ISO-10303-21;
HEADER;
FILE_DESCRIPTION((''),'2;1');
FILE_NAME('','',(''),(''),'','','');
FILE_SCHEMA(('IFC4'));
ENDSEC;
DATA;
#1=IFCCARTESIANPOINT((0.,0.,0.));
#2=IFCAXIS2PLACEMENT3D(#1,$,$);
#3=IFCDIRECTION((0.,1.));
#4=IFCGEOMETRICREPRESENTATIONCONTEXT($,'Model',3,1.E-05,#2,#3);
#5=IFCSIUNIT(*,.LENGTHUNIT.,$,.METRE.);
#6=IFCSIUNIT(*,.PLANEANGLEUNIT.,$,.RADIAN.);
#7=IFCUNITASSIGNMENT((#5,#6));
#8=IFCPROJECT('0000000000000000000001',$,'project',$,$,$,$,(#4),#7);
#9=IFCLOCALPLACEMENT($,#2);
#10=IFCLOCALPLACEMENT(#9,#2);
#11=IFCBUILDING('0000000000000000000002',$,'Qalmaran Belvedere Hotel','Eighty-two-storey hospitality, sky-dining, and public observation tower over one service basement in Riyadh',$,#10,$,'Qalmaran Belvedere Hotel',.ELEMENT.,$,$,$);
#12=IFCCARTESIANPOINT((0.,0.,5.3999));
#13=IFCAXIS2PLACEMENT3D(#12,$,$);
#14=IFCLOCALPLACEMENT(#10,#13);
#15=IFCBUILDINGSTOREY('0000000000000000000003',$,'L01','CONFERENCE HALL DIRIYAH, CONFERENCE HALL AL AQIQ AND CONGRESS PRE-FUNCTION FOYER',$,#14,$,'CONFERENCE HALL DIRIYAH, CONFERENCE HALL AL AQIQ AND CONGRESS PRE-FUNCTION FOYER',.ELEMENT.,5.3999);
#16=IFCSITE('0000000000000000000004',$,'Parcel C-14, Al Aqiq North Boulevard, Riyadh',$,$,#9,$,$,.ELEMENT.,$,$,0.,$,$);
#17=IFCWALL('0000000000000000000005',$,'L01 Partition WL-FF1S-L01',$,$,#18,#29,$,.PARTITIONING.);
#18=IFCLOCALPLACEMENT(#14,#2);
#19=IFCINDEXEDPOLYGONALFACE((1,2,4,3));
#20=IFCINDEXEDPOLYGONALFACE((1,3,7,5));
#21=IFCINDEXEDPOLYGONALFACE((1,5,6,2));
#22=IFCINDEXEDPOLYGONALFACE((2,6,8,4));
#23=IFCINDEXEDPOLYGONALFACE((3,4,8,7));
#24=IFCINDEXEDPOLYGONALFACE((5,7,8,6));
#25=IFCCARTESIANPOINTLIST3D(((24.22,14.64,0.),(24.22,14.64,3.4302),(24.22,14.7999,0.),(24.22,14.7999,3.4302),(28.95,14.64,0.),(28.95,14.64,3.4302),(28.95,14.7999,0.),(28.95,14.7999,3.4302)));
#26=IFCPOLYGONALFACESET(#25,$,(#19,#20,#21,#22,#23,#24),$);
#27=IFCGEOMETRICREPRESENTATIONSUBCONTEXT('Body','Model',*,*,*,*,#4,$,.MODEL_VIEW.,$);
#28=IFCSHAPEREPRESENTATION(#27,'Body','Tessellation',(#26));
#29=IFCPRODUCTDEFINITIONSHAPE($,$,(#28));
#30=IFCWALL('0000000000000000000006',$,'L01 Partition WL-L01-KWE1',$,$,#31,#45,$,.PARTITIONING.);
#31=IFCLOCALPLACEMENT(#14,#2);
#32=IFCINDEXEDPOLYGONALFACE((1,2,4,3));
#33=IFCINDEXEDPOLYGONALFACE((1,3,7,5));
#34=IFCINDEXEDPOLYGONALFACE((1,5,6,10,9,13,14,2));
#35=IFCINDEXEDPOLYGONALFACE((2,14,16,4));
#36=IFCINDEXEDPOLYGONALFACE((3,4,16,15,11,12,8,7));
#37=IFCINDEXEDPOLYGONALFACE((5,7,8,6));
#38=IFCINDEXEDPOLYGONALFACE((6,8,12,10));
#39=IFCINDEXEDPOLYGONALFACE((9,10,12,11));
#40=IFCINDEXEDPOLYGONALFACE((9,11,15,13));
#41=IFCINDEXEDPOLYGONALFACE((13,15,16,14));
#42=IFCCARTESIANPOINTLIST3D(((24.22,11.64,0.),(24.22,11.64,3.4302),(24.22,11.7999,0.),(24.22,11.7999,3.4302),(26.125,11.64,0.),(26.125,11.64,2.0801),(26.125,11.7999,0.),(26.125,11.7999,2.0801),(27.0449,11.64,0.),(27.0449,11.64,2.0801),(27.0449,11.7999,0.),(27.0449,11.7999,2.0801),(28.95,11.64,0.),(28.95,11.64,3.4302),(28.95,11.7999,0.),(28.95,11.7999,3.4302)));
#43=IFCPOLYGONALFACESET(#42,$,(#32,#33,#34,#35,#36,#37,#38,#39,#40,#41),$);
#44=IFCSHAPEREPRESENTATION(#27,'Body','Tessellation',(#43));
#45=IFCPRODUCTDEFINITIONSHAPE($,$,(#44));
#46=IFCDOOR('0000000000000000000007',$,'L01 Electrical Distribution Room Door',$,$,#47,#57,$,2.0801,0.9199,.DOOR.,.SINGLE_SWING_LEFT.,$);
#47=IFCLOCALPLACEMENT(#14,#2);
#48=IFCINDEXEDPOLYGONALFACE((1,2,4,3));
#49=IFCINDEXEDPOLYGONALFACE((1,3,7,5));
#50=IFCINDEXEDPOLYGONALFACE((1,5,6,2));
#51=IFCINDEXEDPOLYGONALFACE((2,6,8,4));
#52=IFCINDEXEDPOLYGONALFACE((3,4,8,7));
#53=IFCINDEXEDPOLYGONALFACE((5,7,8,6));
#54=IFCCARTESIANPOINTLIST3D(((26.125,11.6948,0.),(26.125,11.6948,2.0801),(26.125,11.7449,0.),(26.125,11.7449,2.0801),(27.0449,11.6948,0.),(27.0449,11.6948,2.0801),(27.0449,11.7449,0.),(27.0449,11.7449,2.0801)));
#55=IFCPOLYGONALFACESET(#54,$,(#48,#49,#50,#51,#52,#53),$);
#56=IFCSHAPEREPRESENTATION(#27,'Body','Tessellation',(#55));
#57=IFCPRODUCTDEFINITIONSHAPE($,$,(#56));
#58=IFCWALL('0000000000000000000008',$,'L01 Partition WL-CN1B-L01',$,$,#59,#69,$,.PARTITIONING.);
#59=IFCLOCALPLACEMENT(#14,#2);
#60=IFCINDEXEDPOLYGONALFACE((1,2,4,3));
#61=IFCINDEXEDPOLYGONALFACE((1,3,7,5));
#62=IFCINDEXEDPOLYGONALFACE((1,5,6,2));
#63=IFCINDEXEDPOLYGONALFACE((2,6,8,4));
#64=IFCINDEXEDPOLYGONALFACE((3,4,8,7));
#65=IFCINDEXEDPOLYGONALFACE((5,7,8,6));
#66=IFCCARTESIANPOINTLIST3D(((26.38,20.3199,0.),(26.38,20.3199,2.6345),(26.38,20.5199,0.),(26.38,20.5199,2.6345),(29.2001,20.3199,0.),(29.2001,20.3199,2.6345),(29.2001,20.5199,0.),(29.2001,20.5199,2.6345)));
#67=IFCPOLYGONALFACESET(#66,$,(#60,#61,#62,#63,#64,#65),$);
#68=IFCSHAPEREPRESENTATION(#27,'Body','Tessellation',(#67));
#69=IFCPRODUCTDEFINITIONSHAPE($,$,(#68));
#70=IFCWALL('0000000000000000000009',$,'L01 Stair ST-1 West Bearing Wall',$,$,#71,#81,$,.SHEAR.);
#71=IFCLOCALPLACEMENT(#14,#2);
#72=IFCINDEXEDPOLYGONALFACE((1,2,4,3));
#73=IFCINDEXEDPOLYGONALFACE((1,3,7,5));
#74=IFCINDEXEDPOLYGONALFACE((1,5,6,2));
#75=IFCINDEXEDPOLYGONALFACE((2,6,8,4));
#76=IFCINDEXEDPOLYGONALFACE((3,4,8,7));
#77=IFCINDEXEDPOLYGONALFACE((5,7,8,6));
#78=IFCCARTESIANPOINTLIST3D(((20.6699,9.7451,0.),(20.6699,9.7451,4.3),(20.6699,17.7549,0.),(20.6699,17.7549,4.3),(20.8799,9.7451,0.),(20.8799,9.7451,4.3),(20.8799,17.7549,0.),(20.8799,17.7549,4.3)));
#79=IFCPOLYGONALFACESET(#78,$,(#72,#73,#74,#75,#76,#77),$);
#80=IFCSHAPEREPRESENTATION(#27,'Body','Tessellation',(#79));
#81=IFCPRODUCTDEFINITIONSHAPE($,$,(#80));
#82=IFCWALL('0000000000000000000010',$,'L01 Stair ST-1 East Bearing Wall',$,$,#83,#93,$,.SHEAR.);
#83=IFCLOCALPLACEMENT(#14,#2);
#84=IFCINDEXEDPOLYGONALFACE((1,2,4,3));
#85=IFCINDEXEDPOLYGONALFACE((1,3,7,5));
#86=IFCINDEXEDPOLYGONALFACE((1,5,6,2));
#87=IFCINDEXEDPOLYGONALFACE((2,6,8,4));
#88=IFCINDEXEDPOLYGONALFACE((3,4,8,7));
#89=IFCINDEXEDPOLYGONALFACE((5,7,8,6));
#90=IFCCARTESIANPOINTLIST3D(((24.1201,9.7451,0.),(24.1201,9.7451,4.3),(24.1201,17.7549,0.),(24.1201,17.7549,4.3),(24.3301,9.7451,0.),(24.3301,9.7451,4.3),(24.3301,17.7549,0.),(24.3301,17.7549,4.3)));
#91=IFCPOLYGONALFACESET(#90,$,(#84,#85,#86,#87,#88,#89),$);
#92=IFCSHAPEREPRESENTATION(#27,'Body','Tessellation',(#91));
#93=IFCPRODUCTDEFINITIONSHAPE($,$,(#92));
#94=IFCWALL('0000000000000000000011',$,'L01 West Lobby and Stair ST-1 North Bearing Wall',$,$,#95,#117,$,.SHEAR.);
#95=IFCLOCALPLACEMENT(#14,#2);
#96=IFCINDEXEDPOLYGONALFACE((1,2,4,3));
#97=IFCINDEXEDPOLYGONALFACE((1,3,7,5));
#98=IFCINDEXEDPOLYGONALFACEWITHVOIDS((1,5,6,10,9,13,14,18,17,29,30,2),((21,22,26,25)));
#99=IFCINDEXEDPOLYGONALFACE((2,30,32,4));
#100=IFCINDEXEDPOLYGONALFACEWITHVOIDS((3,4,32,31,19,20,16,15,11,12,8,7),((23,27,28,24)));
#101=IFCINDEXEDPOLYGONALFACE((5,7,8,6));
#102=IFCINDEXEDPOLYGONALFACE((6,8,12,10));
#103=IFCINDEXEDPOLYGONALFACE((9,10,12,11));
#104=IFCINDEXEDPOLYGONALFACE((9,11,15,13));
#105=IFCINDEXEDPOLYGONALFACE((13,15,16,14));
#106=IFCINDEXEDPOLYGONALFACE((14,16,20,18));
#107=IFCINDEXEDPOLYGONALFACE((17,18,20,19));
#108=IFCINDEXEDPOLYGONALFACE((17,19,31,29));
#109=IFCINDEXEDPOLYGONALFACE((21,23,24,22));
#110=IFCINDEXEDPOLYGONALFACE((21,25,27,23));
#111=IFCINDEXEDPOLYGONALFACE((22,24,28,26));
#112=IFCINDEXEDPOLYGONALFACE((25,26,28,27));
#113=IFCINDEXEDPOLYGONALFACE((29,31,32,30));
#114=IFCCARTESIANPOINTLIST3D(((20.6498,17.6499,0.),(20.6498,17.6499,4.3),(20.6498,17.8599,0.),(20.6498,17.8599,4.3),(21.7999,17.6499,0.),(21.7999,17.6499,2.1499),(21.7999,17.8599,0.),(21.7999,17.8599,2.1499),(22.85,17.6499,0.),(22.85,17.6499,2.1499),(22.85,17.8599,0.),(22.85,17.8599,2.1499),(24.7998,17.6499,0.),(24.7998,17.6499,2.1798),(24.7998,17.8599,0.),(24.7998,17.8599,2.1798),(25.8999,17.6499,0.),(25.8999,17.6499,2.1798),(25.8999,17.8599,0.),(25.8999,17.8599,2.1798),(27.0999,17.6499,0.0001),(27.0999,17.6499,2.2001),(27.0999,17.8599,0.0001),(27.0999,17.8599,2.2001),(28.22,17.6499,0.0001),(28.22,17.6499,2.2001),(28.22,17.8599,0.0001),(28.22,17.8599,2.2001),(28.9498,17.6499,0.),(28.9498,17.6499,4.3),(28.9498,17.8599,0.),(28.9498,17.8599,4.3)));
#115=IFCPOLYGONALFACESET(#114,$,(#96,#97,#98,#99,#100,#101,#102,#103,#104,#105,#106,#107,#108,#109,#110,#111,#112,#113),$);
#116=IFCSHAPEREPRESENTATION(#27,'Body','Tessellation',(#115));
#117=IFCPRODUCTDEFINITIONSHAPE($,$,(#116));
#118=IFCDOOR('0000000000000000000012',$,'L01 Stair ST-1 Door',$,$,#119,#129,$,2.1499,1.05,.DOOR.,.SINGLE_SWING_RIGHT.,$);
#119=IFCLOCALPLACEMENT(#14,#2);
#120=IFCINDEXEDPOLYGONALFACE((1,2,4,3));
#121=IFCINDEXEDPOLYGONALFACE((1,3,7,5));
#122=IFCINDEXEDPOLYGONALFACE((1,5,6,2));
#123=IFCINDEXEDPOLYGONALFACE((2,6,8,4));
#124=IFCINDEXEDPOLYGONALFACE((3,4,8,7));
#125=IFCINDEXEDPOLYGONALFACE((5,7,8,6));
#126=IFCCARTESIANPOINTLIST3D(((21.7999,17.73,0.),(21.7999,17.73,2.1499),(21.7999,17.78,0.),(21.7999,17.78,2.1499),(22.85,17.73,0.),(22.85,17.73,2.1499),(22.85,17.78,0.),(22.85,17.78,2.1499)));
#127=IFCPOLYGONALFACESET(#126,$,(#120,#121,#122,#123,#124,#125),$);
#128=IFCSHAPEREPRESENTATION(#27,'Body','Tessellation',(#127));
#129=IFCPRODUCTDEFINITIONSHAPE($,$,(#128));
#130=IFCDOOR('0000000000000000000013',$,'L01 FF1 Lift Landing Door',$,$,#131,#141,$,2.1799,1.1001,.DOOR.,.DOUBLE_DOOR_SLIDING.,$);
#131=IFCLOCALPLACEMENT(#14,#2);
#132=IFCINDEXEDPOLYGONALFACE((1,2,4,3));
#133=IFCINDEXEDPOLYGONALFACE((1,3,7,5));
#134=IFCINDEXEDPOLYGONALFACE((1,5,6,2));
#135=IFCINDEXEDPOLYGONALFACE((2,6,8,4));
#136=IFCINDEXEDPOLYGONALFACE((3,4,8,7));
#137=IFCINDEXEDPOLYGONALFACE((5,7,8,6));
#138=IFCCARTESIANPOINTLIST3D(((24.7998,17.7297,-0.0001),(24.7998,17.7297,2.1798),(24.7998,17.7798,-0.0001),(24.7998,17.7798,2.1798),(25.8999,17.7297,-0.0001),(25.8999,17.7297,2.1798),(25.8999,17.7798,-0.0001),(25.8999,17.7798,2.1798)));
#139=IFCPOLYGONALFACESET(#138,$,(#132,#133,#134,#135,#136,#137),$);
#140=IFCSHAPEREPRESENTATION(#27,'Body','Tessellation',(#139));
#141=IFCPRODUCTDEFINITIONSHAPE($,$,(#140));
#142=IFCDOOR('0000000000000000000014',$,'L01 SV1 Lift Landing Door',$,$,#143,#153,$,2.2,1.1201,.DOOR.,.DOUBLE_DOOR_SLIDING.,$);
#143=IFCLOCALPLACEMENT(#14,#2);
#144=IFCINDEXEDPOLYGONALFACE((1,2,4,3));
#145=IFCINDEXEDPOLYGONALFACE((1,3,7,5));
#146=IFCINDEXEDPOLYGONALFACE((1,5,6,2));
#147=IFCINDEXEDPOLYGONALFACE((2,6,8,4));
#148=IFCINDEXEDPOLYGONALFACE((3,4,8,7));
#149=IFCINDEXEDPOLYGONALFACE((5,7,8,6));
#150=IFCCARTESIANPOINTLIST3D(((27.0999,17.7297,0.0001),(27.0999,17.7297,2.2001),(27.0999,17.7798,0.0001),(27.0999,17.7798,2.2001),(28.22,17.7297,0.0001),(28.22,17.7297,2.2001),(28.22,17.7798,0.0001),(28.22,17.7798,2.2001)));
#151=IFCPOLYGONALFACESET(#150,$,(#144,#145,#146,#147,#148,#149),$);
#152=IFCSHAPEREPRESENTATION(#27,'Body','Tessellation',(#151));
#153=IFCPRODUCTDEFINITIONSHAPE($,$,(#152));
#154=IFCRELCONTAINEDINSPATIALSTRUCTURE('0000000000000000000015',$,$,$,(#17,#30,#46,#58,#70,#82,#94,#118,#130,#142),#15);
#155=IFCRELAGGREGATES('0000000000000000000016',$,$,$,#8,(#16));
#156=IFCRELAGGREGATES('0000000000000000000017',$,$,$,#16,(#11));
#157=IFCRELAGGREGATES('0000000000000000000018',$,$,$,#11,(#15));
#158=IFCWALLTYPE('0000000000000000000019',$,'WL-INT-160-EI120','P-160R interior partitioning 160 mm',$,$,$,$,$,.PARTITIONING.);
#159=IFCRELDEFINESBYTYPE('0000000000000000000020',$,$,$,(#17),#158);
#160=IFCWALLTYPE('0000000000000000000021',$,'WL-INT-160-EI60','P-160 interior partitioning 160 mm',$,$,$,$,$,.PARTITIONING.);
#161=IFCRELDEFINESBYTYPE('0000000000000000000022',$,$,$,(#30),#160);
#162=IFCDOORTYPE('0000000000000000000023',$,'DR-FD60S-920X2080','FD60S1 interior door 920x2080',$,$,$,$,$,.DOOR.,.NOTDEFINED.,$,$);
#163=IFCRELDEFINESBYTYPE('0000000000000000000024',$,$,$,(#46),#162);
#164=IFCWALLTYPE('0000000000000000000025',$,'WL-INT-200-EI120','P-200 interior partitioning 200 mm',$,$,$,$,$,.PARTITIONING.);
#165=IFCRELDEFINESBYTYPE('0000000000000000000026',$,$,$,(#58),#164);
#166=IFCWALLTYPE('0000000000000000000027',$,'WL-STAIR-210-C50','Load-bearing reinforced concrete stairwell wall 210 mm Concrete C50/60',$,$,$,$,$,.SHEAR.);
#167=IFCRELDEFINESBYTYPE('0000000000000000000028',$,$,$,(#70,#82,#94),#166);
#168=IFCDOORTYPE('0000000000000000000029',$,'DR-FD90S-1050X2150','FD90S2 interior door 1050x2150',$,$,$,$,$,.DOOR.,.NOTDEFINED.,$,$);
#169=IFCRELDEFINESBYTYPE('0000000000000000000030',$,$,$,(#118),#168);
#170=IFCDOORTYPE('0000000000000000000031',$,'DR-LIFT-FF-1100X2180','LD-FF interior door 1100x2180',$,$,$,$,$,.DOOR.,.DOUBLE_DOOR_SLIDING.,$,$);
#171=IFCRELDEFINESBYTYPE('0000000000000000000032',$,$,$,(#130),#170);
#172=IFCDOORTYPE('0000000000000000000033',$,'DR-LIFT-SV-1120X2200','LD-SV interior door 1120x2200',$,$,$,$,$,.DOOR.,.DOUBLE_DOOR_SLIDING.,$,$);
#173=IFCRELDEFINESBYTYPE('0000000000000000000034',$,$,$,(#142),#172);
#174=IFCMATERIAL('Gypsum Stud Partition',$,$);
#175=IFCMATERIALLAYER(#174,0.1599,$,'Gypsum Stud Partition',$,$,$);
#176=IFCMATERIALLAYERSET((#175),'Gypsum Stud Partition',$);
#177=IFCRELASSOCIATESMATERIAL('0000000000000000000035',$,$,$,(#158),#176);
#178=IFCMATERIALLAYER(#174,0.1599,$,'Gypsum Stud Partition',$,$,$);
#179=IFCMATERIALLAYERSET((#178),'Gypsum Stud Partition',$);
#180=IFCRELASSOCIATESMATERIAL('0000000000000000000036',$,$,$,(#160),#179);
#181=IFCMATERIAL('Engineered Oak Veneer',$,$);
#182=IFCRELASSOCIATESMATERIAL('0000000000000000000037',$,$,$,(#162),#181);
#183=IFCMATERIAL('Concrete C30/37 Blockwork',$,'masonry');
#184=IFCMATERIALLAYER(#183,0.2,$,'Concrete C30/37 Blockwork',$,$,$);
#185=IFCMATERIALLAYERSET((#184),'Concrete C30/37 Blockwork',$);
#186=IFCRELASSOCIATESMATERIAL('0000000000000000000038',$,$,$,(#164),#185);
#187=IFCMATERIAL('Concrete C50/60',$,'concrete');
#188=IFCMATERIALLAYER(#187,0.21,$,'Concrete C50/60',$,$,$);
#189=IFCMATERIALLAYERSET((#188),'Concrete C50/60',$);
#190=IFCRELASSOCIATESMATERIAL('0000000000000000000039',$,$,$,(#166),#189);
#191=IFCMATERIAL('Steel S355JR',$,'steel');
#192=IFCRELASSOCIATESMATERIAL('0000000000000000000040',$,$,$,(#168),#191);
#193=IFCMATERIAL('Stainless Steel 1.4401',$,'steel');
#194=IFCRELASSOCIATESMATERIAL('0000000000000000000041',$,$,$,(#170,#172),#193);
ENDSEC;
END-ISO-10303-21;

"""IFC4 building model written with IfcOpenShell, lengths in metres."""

from ifc_helpers import new_model, si_unit, direction, frame, frame_2d, origin, place, context, subcontext, project, spatial, rectangle, extrude, material, layer, layer_set, type_object, element, fill, save


model = new_model("IFC4")

# Units and contexts
model_context = context("Model", 3, precision=1e-05, world=origin(), true_north=direction((0.0, 1.0)))
body_context = subcontext(model_context, "Body", "Model", "MODEL_VIEW")
ifc_project = project(units=[si_unit("LENGTHUNIT", "METRE"), si_unit("PLANEANGLEUNIT", "RADIAN")], contexts=[model_context])

# Site, building, storey
site_placement = place(None, origin())
site = spatial("IfcSite", under=ifc_project, at=site_placement, Name="Parcel C-14, Al Aqiq North Boulevard, Riyadh", CompositionType="ELEMENT", RefElevation=0.0)
building_placement = place(site_placement, origin())
building = spatial("IfcBuilding", under=site, at=building_placement, Name="Qalmaran Belvedere Hotel", Description="Eighty-two-storey hospitality, sky-dining, and public observation tower over one service basement in Riyadh", LongName="Qalmaran Belvedere Hotel", CompositionType="ELEMENT")
storey_placement = place(building_placement, frame((0.0, 0.0, 5.3999)))
storey = spatial("IfcBuildingStorey", under=building, at=storey_placement, Name="L01", Description="CONFERENCE HALL DIRIYAH, CONFERENCE HALL AL AQIQ AND CONGRESS PRE-FUNCTION FOYER", LongName="CONFERENCE HALL DIRIYAH, CONFERENCE HALL AL AQIQ AND CONGRESS PRE-FUNCTION FOYER", CompositionType="ELEMENT", Elevation=5.3999)

# Shared definitions
ifc_material_1 = material(Name="Steel S355JR", Category="steel")

# Shared definitions
ifc_material_2 = material(Name="Gypsum Stud Partition")

# Shared definitions
ifc_layer_1 = layer(ifc_material_2, 0.1599, Name="Gypsum Stud Partition")
ifc_layer_set_1 = layer_set([ifc_layer_1], Name="Gypsum Stud Partition")
wall_type_1 = type_object("IfcWallType", Name="WL-INT-160-EI120", Description="P-160R interior partitioning 160 mm", PredefinedType="PARTITIONING", material=ifc_layer_set_1)

# Wall
wall_1_placement = place(storey_placement, frame((24.22, 14.72, 0.0), z_axis=(0.0, 0.0, 1.0), x_axis=(1.0, 0.0, 0.0)))
element("IfcWall", 1, at=wall_1_placement, inside=storey, type_object=wall_type_1, Name="L01 Partition WL-FF1S-L01", PredefinedType="PARTITIONING", context=body_context, shape_type="SweptSolid", body=[
    extrude(rectangle(XDim=4.73, YDim=0.1599, at=frame_2d((2.365, 0.0))), origin(), (0.0, 0.0, 1.0), 3.4302),
])

# Wall, opening, door
ifc_layer_2 = layer(ifc_material_2, 0.1599, Name="Gypsum Stud Partition")
ifc_layer_set_2 = layer_set([ifc_layer_2], Name="Gypsum Stud Partition")
wall_type_2 = type_object("IfcWallType", Name="WL-INT-160-EI60", Description="P-160 interior partitioning 160 mm", PredefinedType="PARTITIONING", material=ifc_layer_set_2)
wall_2_placement = place(storey_placement, frame((24.22, 11.72, 0.0), z_axis=(0.0, 0.0, 1.0), x_axis=(1.0, 0.0, 0.0)))
wall_2 = element("IfcWall", 2, at=wall_2_placement, inside=storey, type_object=wall_type_2, Name="L01 Partition WL-L01-KWE1", PredefinedType="PARTITIONING", context=body_context, shape_type="SweptSolid", body=[
    extrude(rectangle(XDim=4.73, YDim=0.1599, at=frame_2d((2.365, 0.0))), origin(), (0.0, 0.0, 1.0), 3.4302),
])
opening_1_placement = place(wall_2_placement, frame((1.905, 0.0, 0.0)))
opening_1 = element("IfcOpeningElement", 3, at=opening_1_placement, cuts=wall_2, PredefinedType="OPENING", context=body_context, shape_type="SweptSolid", body=[
    extrude(rectangle(XDim=0.9199, YDim=2.0801, at=frame_2d((0.46, 1.04))), frame((0.0, 0.0898, 0.0), z_axis=(0.0, -1.0, 0.0), x_axis=(1.0, 0.0, 0.0)), (0.0, 0.0, 1.0), 0.1799),
])
ifc_material_3 = material(Name="Engineered Oak Veneer")
door_type_1 = type_object("IfcDoorType", Name="DR-FD60S-920X2080", Description="FD60S1 interior door 920x2080", OperationType="NOTDEFINED", PredefinedType="DOOR", material=ifc_material_3)
door_1_placement = place(opening_1_placement, origin())
door_1 = element("IfcDoor", 4, at=door_1_placement, inside=storey, type_object=door_type_1, Name="L01 Electrical Distribution Room Door", OperationType="SINGLE_SWING_LEFT", OverallHeight=2.0801, OverallWidth=0.9199, PredefinedType="DOOR", context=body_context, shape_type="SweptSolid", body=[
    extrude(rectangle(XDim=0.9199, YDim=2.0801, at=frame_2d((0.46, 1.04))), frame((0.0, 0.0249, 0.0), z_axis=(0.0, -1.0, 0.0), x_axis=(1.0, 0.0, 0.0)), (0.0, 0.0, 1.0), 0.05),
])
fill(opening_1, door_1)
ifc_material_4 = material(Name="Concrete C30/37 Blockwork", Category="masonry")
ifc_layer_3 = layer(ifc_material_4, 0.2, Name="Concrete C30/37 Blockwork")
ifc_layer_set_3 = layer_set([ifc_layer_3], Name="Concrete C30/37 Blockwork")
wall_type_3 = type_object("IfcWallType", Name="WL-INT-200-EI120", Description="P-200 interior partitioning 200 mm", PredefinedType="PARTITIONING", material=ifc_layer_set_3)

# Wall
wall_3_placement = place(storey_placement, frame((26.3799, 20.4199, 0.0), z_axis=(0.0, 0.0, 1.0), x_axis=(1.0, 0.0, 0.0)))
element("IfcWall", 5, at=wall_3_placement, inside=storey, type_object=wall_type_3, Name="L01 Partition WL-CN1B-L01", PredefinedType="PARTITIONING", context=body_context, shape_type="SweptSolid", body=[
    extrude(rectangle(XDim=2.8201, YDim=0.2, at=frame_2d((1.4102, 0.0))), origin(), (0.0, 0.0, 1.0), 2.6345),
])

# Walls
ifc_material_5 = material(Name="Concrete C50/60", Category="concrete")
ifc_layer_4 = layer(ifc_material_5, 0.21, Name="Concrete C50/60")
ifc_layer_set_4 = layer_set([ifc_layer_4], Name="Concrete C50/60")
wall_type_4 = type_object("IfcWallType", Name="WL-STAIR-210-C50", Description="Load-bearing reinforced concrete stairwell wall 210 mm Concrete C50/60", PredefinedType="SHEAR", material=ifc_layer_set_4)
for number, where, z_axis, x_axis, name in (
    (6, (20.7749, 9.7451, 0.0), (0.0, 0.0, 1.0), (0.0, 1.0, 0.0), "L01 Stair ST-1 West Bearing Wall"),
    (7, (24.2251, 9.7451, 0.0), (0.0, 0.0, 1.0), (0.0, 1.0, 0.0), "L01 Stair ST-1 East Bearing Wall"),
):
    element("IfcWall", number, at=place(storey_placement, frame(where, z_axis=z_axis, x_axis=x_axis)), inside=storey, type_object=wall_type_4, Name=name, PredefinedType="SHEAR", context=body_context, shape_type="SweptSolid", body=[
        extrude(rectangle(XDim=8.0098, YDim=0.21, at=frame_2d((4.0049, 0.0))), origin(), (0.0, 0.0, 1.0), 4.3),
    ])

# Wall, openings, doors
wall_4_placement = place(storey_placement, frame((20.6499, 17.7549, 0.0), z_axis=(0.0, 0.0, 1.0), x_axis=(1.0, 0.0, 0.0)))
wall_4 = element("IfcWall", 8, at=wall_4_placement, inside=storey, type_object=wall_type_4, Name="L01 West Lobby and Stair ST-1 North Bearing Wall", PredefinedType="SHEAR", context=body_context, shape_type="SweptSolid", body=[
    extrude(rectangle(XDim=8.3, YDim=0.21, at=frame_2d((4.1499, 0.0))), origin(), (0.0, 0.0, 1.0), 4.3),
])
opening_2_placement = place(wall_4_placement, frame((2.2, 0.0, 0.0), z_axis=(0.0, 0.0, 1.0), x_axis=(-1.0, 0.0, 0.0)))
opening_2 = element("IfcOpeningElement", 9, at=opening_2_placement, cuts=wall_4, PredefinedType="OPENING", context=body_context, shape_type="SweptSolid", body=[
    extrude(rectangle(XDim=1.05, YDim=2.1499, at=frame_2d((0.5249, 1.075))), frame((0.0, 0.115, 0.0), z_axis=(0.0, -1.0, 0.0), x_axis=(1.0, 0.0, 0.0)), (0.0, 0.0, 1.0), 0.23),
])
opening_3_placement = place(wall_4_placement, frame((4.1499, 0.0, 0.0)))
opening_3 = element("IfcOpeningElement", 10, at=opening_3_placement, cuts=wall_4, PredefinedType="OPENING", context=body_context, shape_type="SweptSolid", body=[
    extrude(rectangle(XDim=1.1001, YDim=2.1799, at=frame_2d((0.55, 1.0898))), frame((0.0, 0.115, 0.0), z_axis=(0.0, -1.0, 0.0), x_axis=(1.0, 0.0, 0.0)), (0.0, 0.0, 1.0), 0.23),
])
opening_4_placement = place(wall_4_placement, frame((6.45, 0.0, 0.0)))
opening_4 = element("IfcOpeningElement", 11, at=opening_4_placement, cuts=wall_4, PredefinedType="OPENING", context=body_context, shape_type="SweptSolid", body=[
    extrude(rectangle(XDim=1.1201, YDim=2.2, at=frame_2d((0.5601, 1.1001))), frame((0.0, 0.115, 0.0), z_axis=(0.0, -1.0, 0.0), x_axis=(1.0, 0.0, 0.0)), (0.0, 0.0, 1.0), 0.23),
])
door_type_2 = type_object("IfcDoorType", Name="DR-FD90S-1050X2150", Description="FD90S2 interior door 1050x2150", OperationType="NOTDEFINED", PredefinedType="DOOR", material=ifc_material_1)
door_2_placement = place(opening_2_placement, origin())
door_2 = element("IfcDoor", 12, at=door_2_placement, inside=storey, type_object=door_type_2, Name="L01 Stair ST-1 Door", OperationType="SINGLE_SWING_RIGHT", OverallHeight=2.1499, OverallWidth=1.05, PredefinedType="DOOR", context=body_context, shape_type="SweptSolid", body=[
    extrude(rectangle(XDim=1.05, YDim=2.1499, at=frame_2d((0.5249, 1.075))), frame((0.0, 0.0249, 0.0), z_axis=(0.0, -1.0, 0.0), x_axis=(1.0, 0.0, 0.0)), (0.0, 0.0, 1.0), 0.05),
])
fill(opening_2, door_2)
ifc_material_6 = material(Name="Stainless Steel 1.4401", Category="steel")
door_type_3 = type_object("IfcDoorType", Name="DR-LIFT-FF-1100X2180", Description="LD-FF interior door 1100x2180", OperationType="DOUBLE_DOOR_SLIDING", PredefinedType="DOOR", material=ifc_material_6)
door_3_placement = place(opening_3_placement, origin())
door_3 = element("IfcDoor", 13, at=door_3_placement, inside=storey, type_object=door_type_3, Name="L01 FF1 Lift Landing Door", OperationType="DOUBLE_DOOR_SLIDING", OverallHeight=2.1799, OverallWidth=1.1001, PredefinedType="DOOR", context=body_context, shape_type="SweptSolid", body=[
    extrude(rectangle(XDim=1.1001, YDim=2.1799, at=frame_2d((0.55, 1.0898))), frame((0.0, 0.0249, 0.0), z_axis=(0.0, -1.0, 0.0), x_axis=(1.0, 0.0, 0.0)), (0.0, 0.0, 1.0), 0.05),
])
fill(opening_3, door_3)
door_type_4 = type_object("IfcDoorType", Name="DR-LIFT-SV-1120X2200", Description="LD-SV interior door 1120x2200", OperationType="DOUBLE_DOOR_SLIDING", PredefinedType="DOOR", material=ifc_material_6)
door_4_placement = place(opening_4_placement, origin())
door_4 = element("IfcDoor", 14, at=door_4_placement, inside=storey, type_object=door_type_4, Name="L01 SV1 Lift Landing Door", OperationType="DOUBLE_DOOR_SLIDING", OverallHeight=2.2, OverallWidth=1.1201, PredefinedType="DOOR", context=body_context, shape_type="SweptSolid", body=[
    extrude(rectangle(XDim=1.1201, YDim=2.2, at=frame_2d((0.5601, 1.1001))), frame((0.0, 0.0249, 0.0), z_axis=(0.0, -1.0, 0.0), x_axis=(1.0, 0.0, 0.0)), (0.0, 0.0, 1.0), 0.05),
])
fill(opening_4, door_4)

save(model, "model.ifc")
